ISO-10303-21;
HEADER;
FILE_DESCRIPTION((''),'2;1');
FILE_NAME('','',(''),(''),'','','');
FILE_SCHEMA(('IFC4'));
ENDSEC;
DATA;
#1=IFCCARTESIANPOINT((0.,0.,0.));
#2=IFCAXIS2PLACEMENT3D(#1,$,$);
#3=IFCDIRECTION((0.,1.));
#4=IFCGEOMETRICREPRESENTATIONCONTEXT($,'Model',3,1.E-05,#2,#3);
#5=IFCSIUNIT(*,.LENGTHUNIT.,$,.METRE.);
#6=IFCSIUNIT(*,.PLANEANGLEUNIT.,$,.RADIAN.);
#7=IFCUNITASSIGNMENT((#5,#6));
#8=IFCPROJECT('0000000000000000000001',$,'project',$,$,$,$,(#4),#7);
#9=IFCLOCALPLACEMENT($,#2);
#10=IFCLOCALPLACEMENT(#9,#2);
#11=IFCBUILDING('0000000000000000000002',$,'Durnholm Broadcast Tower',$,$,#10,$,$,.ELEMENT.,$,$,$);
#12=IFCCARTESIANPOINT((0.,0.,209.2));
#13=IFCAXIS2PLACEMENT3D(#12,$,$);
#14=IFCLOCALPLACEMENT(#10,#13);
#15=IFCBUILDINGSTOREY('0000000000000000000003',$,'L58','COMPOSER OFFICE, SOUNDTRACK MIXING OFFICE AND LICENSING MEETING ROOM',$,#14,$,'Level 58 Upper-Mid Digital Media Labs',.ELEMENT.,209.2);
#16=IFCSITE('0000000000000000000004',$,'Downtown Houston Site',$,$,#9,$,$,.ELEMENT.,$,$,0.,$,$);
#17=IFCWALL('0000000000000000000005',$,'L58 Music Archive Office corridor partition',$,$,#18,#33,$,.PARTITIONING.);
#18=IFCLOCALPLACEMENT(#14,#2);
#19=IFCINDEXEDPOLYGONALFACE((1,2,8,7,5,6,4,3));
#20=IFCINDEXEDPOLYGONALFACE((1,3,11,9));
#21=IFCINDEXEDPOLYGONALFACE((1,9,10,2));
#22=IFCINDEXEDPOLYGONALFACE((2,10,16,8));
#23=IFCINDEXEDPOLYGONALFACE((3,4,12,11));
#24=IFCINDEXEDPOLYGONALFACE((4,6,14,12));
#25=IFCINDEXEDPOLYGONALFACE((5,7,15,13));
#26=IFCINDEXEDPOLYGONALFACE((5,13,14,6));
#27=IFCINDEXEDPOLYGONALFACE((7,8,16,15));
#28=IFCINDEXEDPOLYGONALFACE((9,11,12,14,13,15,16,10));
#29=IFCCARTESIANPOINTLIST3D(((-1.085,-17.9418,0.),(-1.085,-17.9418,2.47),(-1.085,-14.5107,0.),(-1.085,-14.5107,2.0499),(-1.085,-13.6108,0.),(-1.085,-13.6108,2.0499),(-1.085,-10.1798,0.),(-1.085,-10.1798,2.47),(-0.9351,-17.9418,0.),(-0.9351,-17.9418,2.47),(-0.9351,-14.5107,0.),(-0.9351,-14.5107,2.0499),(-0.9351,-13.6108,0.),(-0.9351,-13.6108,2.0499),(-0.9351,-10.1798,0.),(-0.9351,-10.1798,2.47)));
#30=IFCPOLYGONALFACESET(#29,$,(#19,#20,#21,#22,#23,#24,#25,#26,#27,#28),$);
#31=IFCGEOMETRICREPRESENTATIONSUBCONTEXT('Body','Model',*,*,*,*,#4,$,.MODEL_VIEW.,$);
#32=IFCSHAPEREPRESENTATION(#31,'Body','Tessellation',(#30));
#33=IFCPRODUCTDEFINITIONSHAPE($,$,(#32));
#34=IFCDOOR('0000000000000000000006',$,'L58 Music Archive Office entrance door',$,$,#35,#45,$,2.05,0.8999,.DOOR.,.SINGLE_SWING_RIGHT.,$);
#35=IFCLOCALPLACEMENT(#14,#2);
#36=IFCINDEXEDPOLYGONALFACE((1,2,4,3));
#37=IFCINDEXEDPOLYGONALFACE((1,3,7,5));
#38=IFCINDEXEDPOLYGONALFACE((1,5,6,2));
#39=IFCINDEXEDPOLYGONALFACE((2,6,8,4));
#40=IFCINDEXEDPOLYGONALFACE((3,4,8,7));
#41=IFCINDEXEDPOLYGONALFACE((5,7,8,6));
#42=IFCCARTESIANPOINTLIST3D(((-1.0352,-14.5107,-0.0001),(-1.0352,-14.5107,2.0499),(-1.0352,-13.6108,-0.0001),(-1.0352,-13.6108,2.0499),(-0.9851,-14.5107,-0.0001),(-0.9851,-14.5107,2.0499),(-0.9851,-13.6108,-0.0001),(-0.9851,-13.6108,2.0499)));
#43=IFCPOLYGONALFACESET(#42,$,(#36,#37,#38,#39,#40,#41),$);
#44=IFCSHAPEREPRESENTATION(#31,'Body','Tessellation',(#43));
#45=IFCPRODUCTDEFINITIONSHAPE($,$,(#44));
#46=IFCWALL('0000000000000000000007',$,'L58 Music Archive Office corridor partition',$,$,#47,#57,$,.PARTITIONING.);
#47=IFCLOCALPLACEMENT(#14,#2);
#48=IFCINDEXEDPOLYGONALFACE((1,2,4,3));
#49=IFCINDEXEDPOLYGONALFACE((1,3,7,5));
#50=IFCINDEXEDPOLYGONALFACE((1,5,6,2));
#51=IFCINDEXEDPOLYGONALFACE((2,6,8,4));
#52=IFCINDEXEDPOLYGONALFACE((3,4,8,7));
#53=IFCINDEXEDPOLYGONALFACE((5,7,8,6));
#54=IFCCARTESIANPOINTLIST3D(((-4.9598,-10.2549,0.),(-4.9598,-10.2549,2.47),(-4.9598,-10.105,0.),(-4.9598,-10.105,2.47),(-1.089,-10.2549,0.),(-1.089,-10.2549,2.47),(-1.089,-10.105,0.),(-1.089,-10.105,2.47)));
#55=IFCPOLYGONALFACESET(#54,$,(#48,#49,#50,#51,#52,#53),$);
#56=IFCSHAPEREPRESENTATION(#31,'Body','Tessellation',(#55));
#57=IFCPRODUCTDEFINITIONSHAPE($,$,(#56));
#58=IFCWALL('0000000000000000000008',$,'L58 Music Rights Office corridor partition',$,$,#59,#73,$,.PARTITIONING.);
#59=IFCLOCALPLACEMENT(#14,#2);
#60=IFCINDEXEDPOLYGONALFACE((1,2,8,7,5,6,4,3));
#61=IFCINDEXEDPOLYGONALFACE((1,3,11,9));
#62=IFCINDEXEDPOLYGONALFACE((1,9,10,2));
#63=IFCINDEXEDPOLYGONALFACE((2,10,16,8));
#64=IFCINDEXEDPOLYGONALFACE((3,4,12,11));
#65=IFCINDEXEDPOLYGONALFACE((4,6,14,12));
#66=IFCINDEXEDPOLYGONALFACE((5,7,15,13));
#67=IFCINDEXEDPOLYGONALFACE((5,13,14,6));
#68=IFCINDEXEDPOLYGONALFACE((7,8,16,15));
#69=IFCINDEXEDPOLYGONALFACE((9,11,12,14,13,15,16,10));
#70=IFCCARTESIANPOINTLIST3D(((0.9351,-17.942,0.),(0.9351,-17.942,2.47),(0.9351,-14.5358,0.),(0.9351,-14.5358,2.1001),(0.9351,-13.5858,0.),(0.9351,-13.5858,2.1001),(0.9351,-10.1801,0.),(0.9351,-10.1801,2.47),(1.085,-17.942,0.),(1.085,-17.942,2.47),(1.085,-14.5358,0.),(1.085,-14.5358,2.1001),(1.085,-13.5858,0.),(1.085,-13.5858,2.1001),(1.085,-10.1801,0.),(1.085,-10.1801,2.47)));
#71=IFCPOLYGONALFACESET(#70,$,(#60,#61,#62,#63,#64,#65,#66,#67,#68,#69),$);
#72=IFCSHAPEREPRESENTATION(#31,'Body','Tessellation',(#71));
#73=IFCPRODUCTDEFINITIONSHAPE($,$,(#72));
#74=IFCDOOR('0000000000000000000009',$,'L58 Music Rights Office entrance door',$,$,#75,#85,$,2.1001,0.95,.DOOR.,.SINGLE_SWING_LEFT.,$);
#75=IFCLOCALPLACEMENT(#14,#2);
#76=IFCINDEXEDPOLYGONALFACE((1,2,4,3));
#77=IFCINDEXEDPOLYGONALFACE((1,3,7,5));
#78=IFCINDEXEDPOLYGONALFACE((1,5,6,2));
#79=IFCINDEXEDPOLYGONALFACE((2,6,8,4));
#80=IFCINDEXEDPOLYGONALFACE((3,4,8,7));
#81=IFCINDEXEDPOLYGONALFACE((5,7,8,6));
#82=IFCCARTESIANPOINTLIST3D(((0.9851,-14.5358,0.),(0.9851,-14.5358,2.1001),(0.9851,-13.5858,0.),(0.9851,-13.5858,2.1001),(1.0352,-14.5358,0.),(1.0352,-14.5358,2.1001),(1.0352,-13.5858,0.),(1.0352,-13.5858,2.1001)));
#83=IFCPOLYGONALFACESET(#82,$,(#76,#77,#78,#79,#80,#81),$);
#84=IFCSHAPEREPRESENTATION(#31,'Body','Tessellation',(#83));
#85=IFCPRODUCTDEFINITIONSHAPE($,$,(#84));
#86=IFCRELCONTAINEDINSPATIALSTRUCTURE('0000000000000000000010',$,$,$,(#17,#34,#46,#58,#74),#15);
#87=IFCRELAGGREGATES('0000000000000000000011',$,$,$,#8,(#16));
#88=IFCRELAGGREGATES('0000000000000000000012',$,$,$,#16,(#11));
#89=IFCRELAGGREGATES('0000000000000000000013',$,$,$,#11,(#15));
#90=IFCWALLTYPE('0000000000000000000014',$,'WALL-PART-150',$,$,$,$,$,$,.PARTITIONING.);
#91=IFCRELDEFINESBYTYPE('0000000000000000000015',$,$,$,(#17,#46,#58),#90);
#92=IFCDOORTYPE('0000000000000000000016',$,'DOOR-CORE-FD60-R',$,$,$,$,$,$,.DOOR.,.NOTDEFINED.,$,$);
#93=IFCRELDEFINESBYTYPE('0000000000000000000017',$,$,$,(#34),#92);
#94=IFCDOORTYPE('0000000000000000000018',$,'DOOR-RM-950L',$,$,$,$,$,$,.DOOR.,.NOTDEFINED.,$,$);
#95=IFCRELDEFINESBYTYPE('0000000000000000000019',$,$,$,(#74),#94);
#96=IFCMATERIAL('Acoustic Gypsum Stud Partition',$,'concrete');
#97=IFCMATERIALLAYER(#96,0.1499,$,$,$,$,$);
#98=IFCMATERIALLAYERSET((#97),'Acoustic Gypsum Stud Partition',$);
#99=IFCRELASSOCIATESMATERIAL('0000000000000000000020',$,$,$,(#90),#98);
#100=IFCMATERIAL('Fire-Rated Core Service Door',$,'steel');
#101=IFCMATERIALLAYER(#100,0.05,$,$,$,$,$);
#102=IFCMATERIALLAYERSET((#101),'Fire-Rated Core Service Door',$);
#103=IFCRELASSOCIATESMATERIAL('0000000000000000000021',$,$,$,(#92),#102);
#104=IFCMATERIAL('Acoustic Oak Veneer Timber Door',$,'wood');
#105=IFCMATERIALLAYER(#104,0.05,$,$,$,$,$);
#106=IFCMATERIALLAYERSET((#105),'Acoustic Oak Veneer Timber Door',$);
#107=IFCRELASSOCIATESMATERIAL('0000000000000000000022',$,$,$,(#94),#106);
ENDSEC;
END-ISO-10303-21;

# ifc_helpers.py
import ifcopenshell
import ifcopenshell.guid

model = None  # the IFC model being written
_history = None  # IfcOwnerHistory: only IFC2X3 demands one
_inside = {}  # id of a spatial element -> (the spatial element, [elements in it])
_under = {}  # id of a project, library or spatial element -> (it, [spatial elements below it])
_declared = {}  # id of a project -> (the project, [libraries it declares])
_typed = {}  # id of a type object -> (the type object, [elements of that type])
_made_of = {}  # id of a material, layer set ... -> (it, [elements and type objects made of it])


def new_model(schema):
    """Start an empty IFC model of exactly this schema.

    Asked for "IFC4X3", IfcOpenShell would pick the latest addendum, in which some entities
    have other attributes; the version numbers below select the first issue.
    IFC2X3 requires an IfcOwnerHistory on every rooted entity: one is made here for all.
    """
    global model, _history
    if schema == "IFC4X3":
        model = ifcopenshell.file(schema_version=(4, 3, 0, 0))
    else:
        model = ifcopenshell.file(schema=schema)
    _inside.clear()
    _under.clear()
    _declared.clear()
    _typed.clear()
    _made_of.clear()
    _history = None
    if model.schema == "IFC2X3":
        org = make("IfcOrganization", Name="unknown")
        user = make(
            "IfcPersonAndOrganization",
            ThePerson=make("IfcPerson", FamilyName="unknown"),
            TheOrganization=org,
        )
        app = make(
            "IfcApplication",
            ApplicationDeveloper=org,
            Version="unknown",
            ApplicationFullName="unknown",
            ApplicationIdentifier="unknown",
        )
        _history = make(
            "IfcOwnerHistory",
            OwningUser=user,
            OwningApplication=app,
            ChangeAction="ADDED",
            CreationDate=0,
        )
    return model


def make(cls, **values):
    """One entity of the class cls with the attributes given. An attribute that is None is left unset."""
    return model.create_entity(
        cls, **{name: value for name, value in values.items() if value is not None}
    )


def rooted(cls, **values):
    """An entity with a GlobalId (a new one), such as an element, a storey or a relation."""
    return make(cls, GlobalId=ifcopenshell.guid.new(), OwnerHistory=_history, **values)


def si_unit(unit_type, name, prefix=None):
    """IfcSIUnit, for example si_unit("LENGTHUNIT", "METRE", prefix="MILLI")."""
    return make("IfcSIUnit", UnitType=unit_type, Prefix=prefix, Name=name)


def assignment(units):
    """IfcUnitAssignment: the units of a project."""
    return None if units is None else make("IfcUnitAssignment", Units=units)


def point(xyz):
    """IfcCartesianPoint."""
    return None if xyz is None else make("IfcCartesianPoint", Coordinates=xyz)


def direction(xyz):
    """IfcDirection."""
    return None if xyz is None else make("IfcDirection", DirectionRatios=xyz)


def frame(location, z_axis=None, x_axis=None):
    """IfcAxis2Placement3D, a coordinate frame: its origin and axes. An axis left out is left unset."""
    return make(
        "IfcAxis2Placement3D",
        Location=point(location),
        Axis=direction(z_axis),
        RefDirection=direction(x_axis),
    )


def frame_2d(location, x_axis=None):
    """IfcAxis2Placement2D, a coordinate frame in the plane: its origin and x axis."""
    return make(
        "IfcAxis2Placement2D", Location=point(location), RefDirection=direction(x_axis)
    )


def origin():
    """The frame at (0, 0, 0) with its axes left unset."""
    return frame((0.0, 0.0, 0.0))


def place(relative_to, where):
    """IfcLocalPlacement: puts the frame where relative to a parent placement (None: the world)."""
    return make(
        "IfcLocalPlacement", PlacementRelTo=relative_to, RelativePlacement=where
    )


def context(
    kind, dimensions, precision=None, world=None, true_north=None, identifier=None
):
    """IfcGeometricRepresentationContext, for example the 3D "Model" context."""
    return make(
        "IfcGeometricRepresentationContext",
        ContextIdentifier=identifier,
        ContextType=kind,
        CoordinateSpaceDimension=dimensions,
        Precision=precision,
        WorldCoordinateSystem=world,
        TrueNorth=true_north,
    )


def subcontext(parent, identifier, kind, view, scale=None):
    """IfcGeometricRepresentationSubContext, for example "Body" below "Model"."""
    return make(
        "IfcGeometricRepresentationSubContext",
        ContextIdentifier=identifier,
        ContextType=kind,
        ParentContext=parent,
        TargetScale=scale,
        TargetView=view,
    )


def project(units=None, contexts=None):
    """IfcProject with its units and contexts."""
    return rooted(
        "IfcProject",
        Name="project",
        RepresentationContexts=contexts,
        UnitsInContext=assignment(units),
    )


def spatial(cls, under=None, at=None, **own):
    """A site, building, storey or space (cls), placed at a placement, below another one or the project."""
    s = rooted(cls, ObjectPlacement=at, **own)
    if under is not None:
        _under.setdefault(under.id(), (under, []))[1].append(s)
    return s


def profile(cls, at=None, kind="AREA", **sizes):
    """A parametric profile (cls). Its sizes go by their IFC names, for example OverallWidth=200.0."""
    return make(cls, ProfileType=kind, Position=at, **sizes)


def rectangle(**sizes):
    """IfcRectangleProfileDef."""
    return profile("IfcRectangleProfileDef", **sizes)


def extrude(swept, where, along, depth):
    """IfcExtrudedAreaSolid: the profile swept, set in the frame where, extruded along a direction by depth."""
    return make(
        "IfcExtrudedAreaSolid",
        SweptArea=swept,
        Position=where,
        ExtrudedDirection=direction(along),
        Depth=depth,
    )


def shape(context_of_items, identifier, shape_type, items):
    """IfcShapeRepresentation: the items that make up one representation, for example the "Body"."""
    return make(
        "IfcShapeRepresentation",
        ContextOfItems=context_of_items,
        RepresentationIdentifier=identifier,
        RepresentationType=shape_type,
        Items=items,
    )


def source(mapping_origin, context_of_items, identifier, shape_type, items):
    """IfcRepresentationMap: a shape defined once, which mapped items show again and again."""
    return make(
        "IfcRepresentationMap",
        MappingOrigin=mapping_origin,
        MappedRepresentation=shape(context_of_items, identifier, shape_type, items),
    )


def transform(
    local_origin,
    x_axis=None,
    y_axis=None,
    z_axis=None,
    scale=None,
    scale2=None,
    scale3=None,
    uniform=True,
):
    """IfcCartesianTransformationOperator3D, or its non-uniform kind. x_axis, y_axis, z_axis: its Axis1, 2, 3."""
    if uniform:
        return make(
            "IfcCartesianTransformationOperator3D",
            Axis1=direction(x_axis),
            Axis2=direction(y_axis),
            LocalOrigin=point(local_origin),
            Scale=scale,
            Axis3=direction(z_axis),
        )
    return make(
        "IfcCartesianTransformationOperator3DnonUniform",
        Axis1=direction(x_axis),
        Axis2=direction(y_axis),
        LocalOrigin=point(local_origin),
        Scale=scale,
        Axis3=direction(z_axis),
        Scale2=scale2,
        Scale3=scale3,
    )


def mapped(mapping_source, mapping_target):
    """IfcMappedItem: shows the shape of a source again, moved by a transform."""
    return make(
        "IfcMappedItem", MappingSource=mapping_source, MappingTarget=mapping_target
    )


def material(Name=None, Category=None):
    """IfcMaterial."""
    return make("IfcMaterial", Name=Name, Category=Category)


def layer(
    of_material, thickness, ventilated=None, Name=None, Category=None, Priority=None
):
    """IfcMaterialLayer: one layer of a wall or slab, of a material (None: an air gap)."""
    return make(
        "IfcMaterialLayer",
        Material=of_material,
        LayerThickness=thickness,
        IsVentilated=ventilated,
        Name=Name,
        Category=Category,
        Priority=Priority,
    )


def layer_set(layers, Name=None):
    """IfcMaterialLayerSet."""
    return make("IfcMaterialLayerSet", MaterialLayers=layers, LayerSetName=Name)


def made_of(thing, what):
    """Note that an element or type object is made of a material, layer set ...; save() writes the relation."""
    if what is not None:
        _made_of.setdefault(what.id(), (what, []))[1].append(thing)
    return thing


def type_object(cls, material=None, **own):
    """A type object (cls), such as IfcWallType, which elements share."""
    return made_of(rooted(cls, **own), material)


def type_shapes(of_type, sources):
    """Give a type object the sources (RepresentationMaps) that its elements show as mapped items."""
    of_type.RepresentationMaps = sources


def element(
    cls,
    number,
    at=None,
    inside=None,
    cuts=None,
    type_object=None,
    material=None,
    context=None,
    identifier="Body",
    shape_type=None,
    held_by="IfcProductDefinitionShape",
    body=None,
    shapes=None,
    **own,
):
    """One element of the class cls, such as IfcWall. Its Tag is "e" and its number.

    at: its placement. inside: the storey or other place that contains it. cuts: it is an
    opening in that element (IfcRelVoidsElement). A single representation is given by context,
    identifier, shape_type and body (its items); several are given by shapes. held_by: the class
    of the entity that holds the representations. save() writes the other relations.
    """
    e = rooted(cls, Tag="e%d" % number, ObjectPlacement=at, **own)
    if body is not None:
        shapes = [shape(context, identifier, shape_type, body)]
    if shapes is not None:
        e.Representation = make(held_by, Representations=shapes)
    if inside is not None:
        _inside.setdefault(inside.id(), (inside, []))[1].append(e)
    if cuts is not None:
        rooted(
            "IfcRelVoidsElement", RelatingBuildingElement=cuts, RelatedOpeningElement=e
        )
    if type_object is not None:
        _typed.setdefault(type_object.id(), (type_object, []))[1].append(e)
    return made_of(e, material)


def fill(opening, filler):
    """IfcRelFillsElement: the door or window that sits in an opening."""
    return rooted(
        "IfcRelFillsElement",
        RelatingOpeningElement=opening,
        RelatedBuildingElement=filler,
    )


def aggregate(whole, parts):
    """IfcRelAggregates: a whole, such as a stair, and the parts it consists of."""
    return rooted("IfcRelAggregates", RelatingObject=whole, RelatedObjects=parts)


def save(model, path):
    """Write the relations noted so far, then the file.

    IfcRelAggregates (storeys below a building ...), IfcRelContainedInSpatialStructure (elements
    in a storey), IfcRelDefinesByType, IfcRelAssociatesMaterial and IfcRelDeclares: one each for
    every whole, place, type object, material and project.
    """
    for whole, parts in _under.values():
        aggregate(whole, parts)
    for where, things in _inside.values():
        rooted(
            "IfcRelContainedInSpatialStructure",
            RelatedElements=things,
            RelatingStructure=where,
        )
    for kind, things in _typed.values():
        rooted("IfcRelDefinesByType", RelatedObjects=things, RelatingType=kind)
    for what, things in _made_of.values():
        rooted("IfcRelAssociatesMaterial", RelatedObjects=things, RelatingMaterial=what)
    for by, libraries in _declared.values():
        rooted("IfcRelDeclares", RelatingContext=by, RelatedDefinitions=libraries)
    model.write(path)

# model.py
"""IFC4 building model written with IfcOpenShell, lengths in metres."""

from ifc_helpers import new_model, si_unit, direction, frame, frame_2d, origin, place, context, subcontext, project, spatial, rectangle, extrude, source, transform, mapped, material, layer, layer_set, type_object, type_shapes, element, fill, save


model = new_model("IFC4")

# Units and contexts
model_context = context("Model", 3, precision=1e-05, world=origin(), true_north=direction((0.0, 1.0)))
body_context = subcontext(model_context, "Body", "Model", "MODEL_VIEW")
ifc_project = project(units=[si_unit("LENGTHUNIT", "METRE"), si_unit("PLANEANGLEUNIT", "RADIAN")], contexts=[model_context])

# Site, building, storey
site_placement = place(None, origin())
site = spatial("IfcSite", under=ifc_project, at=site_placement, Name="Downtown Houston Site", CompositionType="ELEMENT", RefElevation=0.0)
building_placement = place(site_placement, origin())
building = spatial("IfcBuilding", under=site, at=building_placement, Name="Durnholm Broadcast Tower", CompositionType="ELEMENT")
storey_placement = place(building_placement, frame((0.0, 0.0, 209.2)))
storey = spatial("IfcBuildingStorey", under=building, at=storey_placement, Name="L58", Description="COMPOSER OFFICE, SOUNDTRACK MIXING OFFICE AND LICENSING MEETING ROOM", LongName="Level 58 Upper-Mid Digital Media Labs", CompositionType="ELEMENT", Elevation=209.2)

# Wall, opening, door
ifc_material_1 = material(Name="Acoustic Gypsum Stud Partition", Category="concrete")
ifc_layer_1 = layer(ifc_material_1, 0.1499)
ifc_layer_set_1 = layer_set([ifc_layer_1], Name="Acoustic Gypsum Stud Partition")
wall_type_1 = type_object("IfcWallType", Name="WALL-PART-150", PredefinedType="PARTITIONING", material=ifc_layer_set_1)
wall_1_placement = place(storey_placement, frame((-1.01, -10.1799, 0.0), z_axis=(0.0, 0.0, 1.0), x_axis=(0.0, -1.0, 0.0)))
wall_1 = element("IfcWall", 1, at=wall_1_placement, inside=storey, type_object=wall_type_1, Name="L58 Music Archive Office corridor partition", PredefinedType="PARTITIONING", context=body_context, shape_type="SweptSolid", body=[
    extrude(rectangle(XDim=7.762, YDim=0.1499, at=frame_2d((3.8809, 0.0))), origin(), (0.0, 0.0, 1.0), 2.47),
])
opening_1_placement = place(wall_1_placement, frame((3.4309, 0.0, 0.0)))
opening_1 = element("IfcOpeningElement", 2, at=opening_1_placement, cuts=wall_1, PredefinedType="OPENING", context=body_context, shape_type="SweptSolid", body=[
    extrude(rectangle(XDim=0.8999, YDim=2.05, at=frame_2d((0.45, 1.0249))), frame((0.0, 0.085, 0.0), z_axis=(0.0, -1.0, 0.0), x_axis=(1.0, 0.0, 0.0)), (0.0, 0.0, 1.0), 0.1699),
])
ifc_material_2 = material(Name="Fire-Rated Core Service Door", Category="steel")
ifc_layer_2 = layer(ifc_material_2, 0.05)
ifc_layer_set_2 = layer_set([ifc_layer_2], Name="Fire-Rated Core Service Door")
door_type_1 = type_object("IfcDoorType", Name="DOOR-CORE-FD60-R", OperationType="NOTDEFINED", PredefinedType="DOOR", material=ifc_layer_set_2)
shared_shape_1 = source(origin(), body_context, "Body", "SweptSolid", [
    extrude(rectangle(XDim=0.8999, YDim=2.05, at=frame_2d((0.45, 1.0249))), frame((0.0, 0.0249, 0.0), z_axis=(0.0, -1.0, 0.0), x_axis=(1.0, 0.0, 0.0)), (0.0, 0.0, 1.0), 0.05),
])
type_shapes(door_type_1, [shared_shape_1])
door_1_placement = place(opening_1_placement, origin())
door_1 = element("IfcDoor", 3, at=door_1_placement, inside=storey, type_object=door_type_1, Name="L58 Music Archive Office entrance door", OperationType="SINGLE_SWING_RIGHT", OverallHeight=2.05, OverallWidth=0.8999, PredefinedType="DOOR", context=body_context, shape_type="MappedRepresentation", body=[
    mapped(shared_shape_1, transform((0.0, 0.0, 0.0), x_axis=(1.0, 0.0, 0.0), y_axis=(0.0, 1.0, 0.0), z_axis=(0.0, 0.0, 1.0), scale=1.0)),
])
fill(opening_1, door_1)

# Wall
wall_2_placement = place(storey_placement, frame((-4.96, -10.1799, 0.0), z_axis=(0.0, 0.0, 1.0), x_axis=(1.0, 0.0, 0.0)))
element("IfcWall", 4, at=wall_2_placement, inside=storey, type_object=wall_type_1, Name="L58 Music Archive Office corridor partition", PredefinedType="PARTITIONING", context=body_context, shape_type="SweptSolid", body=[
    extrude(rectangle(XDim=3.8708, YDim=0.1499, at=frame_2d((1.9355, 0.0))), origin(), (0.0, 0.0, 1.0), 2.47),
])

# Wall, opening, door
wall_3_placement = place(storey_placement, frame((1.01, -17.9419, 0.0), z_axis=(0.0, 0.0, 1.0), x_axis=(0.0, 1.0, 0.0)))
wall_3 = element("IfcWall", 5, at=wall_3_placement, inside=storey, type_object=wall_type_1, Name="L58 Music Rights Office corridor partition", PredefinedType="PARTITIONING", context=body_context, shape_type="SweptSolid", body=[
    extrude(rectangle(XDim=7.762, YDim=0.1499, at=frame_2d((3.8809, 0.0))), origin(), (0.0, 0.0, 1.0), 2.47),
])
opening_2_placement = place(wall_3_placement, frame((3.406, 0.0, 0.0)))
opening_2 = element("IfcOpeningElement", 6, at=opening_2_placement, cuts=wall_3, PredefinedType="OPENING", context=body_context, shape_type="SweptSolid", body=[
    extrude(rectangle(XDim=0.95, YDim=2.1001, at=frame_2d((0.4751, 1.05))), frame((0.0, 0.085, 0.0), z_axis=(0.0, -1.0, 0.0), x_axis=(1.0, 0.0, 0.0)), (0.0, 0.0, 1.0), 0.1699),
])
ifc_material_3 = material(Name="Acoustic Oak Veneer Timber Door", Category="wood")
ifc_layer_3 = layer(ifc_material_3, 0.05)
ifc_layer_set_3 = layer_set([ifc_layer_3], Name="Acoustic Oak Veneer Timber Door")
door_type_2 = type_object("IfcDoorType", Name="DOOR-RM-950L", OperationType="NOTDEFINED", PredefinedType="DOOR", material=ifc_layer_set_3)
shared_shape_2 = source(origin(), body_context, "Body", "SweptSolid", [
    extrude(rectangle(XDim=0.95, YDim=2.1001, at=frame_2d((0.4751, 1.05))), frame((0.0, 0.0249, 0.0), z_axis=(0.0, -1.0, 0.0), x_axis=(1.0, 0.0, 0.0)), (0.0, 0.0, 1.0), 0.05),
])
type_shapes(door_type_2, [shared_shape_2])
door_2_placement = place(opening_2_placement, origin())
door_2 = element("IfcDoor", 7, at=door_2_placement, inside=storey, type_object=door_type_2, Name="L58 Music Rights Office entrance door", OperationType="SINGLE_SWING_LEFT", OverallHeight=2.1001, OverallWidth=0.95, PredefinedType="DOOR", context=body_context, shape_type="MappedRepresentation", body=[
    mapped(shared_shape_2, transform((0.0, 0.0, 0.0), x_axis=(1.0, 0.0, 0.0), y_axis=(0.0, 1.0, 0.0), z_axis=(0.0, 0.0, 1.0), scale=1.0)),
])
fill(opening_2, door_2)

save(model, "model.ifc")
